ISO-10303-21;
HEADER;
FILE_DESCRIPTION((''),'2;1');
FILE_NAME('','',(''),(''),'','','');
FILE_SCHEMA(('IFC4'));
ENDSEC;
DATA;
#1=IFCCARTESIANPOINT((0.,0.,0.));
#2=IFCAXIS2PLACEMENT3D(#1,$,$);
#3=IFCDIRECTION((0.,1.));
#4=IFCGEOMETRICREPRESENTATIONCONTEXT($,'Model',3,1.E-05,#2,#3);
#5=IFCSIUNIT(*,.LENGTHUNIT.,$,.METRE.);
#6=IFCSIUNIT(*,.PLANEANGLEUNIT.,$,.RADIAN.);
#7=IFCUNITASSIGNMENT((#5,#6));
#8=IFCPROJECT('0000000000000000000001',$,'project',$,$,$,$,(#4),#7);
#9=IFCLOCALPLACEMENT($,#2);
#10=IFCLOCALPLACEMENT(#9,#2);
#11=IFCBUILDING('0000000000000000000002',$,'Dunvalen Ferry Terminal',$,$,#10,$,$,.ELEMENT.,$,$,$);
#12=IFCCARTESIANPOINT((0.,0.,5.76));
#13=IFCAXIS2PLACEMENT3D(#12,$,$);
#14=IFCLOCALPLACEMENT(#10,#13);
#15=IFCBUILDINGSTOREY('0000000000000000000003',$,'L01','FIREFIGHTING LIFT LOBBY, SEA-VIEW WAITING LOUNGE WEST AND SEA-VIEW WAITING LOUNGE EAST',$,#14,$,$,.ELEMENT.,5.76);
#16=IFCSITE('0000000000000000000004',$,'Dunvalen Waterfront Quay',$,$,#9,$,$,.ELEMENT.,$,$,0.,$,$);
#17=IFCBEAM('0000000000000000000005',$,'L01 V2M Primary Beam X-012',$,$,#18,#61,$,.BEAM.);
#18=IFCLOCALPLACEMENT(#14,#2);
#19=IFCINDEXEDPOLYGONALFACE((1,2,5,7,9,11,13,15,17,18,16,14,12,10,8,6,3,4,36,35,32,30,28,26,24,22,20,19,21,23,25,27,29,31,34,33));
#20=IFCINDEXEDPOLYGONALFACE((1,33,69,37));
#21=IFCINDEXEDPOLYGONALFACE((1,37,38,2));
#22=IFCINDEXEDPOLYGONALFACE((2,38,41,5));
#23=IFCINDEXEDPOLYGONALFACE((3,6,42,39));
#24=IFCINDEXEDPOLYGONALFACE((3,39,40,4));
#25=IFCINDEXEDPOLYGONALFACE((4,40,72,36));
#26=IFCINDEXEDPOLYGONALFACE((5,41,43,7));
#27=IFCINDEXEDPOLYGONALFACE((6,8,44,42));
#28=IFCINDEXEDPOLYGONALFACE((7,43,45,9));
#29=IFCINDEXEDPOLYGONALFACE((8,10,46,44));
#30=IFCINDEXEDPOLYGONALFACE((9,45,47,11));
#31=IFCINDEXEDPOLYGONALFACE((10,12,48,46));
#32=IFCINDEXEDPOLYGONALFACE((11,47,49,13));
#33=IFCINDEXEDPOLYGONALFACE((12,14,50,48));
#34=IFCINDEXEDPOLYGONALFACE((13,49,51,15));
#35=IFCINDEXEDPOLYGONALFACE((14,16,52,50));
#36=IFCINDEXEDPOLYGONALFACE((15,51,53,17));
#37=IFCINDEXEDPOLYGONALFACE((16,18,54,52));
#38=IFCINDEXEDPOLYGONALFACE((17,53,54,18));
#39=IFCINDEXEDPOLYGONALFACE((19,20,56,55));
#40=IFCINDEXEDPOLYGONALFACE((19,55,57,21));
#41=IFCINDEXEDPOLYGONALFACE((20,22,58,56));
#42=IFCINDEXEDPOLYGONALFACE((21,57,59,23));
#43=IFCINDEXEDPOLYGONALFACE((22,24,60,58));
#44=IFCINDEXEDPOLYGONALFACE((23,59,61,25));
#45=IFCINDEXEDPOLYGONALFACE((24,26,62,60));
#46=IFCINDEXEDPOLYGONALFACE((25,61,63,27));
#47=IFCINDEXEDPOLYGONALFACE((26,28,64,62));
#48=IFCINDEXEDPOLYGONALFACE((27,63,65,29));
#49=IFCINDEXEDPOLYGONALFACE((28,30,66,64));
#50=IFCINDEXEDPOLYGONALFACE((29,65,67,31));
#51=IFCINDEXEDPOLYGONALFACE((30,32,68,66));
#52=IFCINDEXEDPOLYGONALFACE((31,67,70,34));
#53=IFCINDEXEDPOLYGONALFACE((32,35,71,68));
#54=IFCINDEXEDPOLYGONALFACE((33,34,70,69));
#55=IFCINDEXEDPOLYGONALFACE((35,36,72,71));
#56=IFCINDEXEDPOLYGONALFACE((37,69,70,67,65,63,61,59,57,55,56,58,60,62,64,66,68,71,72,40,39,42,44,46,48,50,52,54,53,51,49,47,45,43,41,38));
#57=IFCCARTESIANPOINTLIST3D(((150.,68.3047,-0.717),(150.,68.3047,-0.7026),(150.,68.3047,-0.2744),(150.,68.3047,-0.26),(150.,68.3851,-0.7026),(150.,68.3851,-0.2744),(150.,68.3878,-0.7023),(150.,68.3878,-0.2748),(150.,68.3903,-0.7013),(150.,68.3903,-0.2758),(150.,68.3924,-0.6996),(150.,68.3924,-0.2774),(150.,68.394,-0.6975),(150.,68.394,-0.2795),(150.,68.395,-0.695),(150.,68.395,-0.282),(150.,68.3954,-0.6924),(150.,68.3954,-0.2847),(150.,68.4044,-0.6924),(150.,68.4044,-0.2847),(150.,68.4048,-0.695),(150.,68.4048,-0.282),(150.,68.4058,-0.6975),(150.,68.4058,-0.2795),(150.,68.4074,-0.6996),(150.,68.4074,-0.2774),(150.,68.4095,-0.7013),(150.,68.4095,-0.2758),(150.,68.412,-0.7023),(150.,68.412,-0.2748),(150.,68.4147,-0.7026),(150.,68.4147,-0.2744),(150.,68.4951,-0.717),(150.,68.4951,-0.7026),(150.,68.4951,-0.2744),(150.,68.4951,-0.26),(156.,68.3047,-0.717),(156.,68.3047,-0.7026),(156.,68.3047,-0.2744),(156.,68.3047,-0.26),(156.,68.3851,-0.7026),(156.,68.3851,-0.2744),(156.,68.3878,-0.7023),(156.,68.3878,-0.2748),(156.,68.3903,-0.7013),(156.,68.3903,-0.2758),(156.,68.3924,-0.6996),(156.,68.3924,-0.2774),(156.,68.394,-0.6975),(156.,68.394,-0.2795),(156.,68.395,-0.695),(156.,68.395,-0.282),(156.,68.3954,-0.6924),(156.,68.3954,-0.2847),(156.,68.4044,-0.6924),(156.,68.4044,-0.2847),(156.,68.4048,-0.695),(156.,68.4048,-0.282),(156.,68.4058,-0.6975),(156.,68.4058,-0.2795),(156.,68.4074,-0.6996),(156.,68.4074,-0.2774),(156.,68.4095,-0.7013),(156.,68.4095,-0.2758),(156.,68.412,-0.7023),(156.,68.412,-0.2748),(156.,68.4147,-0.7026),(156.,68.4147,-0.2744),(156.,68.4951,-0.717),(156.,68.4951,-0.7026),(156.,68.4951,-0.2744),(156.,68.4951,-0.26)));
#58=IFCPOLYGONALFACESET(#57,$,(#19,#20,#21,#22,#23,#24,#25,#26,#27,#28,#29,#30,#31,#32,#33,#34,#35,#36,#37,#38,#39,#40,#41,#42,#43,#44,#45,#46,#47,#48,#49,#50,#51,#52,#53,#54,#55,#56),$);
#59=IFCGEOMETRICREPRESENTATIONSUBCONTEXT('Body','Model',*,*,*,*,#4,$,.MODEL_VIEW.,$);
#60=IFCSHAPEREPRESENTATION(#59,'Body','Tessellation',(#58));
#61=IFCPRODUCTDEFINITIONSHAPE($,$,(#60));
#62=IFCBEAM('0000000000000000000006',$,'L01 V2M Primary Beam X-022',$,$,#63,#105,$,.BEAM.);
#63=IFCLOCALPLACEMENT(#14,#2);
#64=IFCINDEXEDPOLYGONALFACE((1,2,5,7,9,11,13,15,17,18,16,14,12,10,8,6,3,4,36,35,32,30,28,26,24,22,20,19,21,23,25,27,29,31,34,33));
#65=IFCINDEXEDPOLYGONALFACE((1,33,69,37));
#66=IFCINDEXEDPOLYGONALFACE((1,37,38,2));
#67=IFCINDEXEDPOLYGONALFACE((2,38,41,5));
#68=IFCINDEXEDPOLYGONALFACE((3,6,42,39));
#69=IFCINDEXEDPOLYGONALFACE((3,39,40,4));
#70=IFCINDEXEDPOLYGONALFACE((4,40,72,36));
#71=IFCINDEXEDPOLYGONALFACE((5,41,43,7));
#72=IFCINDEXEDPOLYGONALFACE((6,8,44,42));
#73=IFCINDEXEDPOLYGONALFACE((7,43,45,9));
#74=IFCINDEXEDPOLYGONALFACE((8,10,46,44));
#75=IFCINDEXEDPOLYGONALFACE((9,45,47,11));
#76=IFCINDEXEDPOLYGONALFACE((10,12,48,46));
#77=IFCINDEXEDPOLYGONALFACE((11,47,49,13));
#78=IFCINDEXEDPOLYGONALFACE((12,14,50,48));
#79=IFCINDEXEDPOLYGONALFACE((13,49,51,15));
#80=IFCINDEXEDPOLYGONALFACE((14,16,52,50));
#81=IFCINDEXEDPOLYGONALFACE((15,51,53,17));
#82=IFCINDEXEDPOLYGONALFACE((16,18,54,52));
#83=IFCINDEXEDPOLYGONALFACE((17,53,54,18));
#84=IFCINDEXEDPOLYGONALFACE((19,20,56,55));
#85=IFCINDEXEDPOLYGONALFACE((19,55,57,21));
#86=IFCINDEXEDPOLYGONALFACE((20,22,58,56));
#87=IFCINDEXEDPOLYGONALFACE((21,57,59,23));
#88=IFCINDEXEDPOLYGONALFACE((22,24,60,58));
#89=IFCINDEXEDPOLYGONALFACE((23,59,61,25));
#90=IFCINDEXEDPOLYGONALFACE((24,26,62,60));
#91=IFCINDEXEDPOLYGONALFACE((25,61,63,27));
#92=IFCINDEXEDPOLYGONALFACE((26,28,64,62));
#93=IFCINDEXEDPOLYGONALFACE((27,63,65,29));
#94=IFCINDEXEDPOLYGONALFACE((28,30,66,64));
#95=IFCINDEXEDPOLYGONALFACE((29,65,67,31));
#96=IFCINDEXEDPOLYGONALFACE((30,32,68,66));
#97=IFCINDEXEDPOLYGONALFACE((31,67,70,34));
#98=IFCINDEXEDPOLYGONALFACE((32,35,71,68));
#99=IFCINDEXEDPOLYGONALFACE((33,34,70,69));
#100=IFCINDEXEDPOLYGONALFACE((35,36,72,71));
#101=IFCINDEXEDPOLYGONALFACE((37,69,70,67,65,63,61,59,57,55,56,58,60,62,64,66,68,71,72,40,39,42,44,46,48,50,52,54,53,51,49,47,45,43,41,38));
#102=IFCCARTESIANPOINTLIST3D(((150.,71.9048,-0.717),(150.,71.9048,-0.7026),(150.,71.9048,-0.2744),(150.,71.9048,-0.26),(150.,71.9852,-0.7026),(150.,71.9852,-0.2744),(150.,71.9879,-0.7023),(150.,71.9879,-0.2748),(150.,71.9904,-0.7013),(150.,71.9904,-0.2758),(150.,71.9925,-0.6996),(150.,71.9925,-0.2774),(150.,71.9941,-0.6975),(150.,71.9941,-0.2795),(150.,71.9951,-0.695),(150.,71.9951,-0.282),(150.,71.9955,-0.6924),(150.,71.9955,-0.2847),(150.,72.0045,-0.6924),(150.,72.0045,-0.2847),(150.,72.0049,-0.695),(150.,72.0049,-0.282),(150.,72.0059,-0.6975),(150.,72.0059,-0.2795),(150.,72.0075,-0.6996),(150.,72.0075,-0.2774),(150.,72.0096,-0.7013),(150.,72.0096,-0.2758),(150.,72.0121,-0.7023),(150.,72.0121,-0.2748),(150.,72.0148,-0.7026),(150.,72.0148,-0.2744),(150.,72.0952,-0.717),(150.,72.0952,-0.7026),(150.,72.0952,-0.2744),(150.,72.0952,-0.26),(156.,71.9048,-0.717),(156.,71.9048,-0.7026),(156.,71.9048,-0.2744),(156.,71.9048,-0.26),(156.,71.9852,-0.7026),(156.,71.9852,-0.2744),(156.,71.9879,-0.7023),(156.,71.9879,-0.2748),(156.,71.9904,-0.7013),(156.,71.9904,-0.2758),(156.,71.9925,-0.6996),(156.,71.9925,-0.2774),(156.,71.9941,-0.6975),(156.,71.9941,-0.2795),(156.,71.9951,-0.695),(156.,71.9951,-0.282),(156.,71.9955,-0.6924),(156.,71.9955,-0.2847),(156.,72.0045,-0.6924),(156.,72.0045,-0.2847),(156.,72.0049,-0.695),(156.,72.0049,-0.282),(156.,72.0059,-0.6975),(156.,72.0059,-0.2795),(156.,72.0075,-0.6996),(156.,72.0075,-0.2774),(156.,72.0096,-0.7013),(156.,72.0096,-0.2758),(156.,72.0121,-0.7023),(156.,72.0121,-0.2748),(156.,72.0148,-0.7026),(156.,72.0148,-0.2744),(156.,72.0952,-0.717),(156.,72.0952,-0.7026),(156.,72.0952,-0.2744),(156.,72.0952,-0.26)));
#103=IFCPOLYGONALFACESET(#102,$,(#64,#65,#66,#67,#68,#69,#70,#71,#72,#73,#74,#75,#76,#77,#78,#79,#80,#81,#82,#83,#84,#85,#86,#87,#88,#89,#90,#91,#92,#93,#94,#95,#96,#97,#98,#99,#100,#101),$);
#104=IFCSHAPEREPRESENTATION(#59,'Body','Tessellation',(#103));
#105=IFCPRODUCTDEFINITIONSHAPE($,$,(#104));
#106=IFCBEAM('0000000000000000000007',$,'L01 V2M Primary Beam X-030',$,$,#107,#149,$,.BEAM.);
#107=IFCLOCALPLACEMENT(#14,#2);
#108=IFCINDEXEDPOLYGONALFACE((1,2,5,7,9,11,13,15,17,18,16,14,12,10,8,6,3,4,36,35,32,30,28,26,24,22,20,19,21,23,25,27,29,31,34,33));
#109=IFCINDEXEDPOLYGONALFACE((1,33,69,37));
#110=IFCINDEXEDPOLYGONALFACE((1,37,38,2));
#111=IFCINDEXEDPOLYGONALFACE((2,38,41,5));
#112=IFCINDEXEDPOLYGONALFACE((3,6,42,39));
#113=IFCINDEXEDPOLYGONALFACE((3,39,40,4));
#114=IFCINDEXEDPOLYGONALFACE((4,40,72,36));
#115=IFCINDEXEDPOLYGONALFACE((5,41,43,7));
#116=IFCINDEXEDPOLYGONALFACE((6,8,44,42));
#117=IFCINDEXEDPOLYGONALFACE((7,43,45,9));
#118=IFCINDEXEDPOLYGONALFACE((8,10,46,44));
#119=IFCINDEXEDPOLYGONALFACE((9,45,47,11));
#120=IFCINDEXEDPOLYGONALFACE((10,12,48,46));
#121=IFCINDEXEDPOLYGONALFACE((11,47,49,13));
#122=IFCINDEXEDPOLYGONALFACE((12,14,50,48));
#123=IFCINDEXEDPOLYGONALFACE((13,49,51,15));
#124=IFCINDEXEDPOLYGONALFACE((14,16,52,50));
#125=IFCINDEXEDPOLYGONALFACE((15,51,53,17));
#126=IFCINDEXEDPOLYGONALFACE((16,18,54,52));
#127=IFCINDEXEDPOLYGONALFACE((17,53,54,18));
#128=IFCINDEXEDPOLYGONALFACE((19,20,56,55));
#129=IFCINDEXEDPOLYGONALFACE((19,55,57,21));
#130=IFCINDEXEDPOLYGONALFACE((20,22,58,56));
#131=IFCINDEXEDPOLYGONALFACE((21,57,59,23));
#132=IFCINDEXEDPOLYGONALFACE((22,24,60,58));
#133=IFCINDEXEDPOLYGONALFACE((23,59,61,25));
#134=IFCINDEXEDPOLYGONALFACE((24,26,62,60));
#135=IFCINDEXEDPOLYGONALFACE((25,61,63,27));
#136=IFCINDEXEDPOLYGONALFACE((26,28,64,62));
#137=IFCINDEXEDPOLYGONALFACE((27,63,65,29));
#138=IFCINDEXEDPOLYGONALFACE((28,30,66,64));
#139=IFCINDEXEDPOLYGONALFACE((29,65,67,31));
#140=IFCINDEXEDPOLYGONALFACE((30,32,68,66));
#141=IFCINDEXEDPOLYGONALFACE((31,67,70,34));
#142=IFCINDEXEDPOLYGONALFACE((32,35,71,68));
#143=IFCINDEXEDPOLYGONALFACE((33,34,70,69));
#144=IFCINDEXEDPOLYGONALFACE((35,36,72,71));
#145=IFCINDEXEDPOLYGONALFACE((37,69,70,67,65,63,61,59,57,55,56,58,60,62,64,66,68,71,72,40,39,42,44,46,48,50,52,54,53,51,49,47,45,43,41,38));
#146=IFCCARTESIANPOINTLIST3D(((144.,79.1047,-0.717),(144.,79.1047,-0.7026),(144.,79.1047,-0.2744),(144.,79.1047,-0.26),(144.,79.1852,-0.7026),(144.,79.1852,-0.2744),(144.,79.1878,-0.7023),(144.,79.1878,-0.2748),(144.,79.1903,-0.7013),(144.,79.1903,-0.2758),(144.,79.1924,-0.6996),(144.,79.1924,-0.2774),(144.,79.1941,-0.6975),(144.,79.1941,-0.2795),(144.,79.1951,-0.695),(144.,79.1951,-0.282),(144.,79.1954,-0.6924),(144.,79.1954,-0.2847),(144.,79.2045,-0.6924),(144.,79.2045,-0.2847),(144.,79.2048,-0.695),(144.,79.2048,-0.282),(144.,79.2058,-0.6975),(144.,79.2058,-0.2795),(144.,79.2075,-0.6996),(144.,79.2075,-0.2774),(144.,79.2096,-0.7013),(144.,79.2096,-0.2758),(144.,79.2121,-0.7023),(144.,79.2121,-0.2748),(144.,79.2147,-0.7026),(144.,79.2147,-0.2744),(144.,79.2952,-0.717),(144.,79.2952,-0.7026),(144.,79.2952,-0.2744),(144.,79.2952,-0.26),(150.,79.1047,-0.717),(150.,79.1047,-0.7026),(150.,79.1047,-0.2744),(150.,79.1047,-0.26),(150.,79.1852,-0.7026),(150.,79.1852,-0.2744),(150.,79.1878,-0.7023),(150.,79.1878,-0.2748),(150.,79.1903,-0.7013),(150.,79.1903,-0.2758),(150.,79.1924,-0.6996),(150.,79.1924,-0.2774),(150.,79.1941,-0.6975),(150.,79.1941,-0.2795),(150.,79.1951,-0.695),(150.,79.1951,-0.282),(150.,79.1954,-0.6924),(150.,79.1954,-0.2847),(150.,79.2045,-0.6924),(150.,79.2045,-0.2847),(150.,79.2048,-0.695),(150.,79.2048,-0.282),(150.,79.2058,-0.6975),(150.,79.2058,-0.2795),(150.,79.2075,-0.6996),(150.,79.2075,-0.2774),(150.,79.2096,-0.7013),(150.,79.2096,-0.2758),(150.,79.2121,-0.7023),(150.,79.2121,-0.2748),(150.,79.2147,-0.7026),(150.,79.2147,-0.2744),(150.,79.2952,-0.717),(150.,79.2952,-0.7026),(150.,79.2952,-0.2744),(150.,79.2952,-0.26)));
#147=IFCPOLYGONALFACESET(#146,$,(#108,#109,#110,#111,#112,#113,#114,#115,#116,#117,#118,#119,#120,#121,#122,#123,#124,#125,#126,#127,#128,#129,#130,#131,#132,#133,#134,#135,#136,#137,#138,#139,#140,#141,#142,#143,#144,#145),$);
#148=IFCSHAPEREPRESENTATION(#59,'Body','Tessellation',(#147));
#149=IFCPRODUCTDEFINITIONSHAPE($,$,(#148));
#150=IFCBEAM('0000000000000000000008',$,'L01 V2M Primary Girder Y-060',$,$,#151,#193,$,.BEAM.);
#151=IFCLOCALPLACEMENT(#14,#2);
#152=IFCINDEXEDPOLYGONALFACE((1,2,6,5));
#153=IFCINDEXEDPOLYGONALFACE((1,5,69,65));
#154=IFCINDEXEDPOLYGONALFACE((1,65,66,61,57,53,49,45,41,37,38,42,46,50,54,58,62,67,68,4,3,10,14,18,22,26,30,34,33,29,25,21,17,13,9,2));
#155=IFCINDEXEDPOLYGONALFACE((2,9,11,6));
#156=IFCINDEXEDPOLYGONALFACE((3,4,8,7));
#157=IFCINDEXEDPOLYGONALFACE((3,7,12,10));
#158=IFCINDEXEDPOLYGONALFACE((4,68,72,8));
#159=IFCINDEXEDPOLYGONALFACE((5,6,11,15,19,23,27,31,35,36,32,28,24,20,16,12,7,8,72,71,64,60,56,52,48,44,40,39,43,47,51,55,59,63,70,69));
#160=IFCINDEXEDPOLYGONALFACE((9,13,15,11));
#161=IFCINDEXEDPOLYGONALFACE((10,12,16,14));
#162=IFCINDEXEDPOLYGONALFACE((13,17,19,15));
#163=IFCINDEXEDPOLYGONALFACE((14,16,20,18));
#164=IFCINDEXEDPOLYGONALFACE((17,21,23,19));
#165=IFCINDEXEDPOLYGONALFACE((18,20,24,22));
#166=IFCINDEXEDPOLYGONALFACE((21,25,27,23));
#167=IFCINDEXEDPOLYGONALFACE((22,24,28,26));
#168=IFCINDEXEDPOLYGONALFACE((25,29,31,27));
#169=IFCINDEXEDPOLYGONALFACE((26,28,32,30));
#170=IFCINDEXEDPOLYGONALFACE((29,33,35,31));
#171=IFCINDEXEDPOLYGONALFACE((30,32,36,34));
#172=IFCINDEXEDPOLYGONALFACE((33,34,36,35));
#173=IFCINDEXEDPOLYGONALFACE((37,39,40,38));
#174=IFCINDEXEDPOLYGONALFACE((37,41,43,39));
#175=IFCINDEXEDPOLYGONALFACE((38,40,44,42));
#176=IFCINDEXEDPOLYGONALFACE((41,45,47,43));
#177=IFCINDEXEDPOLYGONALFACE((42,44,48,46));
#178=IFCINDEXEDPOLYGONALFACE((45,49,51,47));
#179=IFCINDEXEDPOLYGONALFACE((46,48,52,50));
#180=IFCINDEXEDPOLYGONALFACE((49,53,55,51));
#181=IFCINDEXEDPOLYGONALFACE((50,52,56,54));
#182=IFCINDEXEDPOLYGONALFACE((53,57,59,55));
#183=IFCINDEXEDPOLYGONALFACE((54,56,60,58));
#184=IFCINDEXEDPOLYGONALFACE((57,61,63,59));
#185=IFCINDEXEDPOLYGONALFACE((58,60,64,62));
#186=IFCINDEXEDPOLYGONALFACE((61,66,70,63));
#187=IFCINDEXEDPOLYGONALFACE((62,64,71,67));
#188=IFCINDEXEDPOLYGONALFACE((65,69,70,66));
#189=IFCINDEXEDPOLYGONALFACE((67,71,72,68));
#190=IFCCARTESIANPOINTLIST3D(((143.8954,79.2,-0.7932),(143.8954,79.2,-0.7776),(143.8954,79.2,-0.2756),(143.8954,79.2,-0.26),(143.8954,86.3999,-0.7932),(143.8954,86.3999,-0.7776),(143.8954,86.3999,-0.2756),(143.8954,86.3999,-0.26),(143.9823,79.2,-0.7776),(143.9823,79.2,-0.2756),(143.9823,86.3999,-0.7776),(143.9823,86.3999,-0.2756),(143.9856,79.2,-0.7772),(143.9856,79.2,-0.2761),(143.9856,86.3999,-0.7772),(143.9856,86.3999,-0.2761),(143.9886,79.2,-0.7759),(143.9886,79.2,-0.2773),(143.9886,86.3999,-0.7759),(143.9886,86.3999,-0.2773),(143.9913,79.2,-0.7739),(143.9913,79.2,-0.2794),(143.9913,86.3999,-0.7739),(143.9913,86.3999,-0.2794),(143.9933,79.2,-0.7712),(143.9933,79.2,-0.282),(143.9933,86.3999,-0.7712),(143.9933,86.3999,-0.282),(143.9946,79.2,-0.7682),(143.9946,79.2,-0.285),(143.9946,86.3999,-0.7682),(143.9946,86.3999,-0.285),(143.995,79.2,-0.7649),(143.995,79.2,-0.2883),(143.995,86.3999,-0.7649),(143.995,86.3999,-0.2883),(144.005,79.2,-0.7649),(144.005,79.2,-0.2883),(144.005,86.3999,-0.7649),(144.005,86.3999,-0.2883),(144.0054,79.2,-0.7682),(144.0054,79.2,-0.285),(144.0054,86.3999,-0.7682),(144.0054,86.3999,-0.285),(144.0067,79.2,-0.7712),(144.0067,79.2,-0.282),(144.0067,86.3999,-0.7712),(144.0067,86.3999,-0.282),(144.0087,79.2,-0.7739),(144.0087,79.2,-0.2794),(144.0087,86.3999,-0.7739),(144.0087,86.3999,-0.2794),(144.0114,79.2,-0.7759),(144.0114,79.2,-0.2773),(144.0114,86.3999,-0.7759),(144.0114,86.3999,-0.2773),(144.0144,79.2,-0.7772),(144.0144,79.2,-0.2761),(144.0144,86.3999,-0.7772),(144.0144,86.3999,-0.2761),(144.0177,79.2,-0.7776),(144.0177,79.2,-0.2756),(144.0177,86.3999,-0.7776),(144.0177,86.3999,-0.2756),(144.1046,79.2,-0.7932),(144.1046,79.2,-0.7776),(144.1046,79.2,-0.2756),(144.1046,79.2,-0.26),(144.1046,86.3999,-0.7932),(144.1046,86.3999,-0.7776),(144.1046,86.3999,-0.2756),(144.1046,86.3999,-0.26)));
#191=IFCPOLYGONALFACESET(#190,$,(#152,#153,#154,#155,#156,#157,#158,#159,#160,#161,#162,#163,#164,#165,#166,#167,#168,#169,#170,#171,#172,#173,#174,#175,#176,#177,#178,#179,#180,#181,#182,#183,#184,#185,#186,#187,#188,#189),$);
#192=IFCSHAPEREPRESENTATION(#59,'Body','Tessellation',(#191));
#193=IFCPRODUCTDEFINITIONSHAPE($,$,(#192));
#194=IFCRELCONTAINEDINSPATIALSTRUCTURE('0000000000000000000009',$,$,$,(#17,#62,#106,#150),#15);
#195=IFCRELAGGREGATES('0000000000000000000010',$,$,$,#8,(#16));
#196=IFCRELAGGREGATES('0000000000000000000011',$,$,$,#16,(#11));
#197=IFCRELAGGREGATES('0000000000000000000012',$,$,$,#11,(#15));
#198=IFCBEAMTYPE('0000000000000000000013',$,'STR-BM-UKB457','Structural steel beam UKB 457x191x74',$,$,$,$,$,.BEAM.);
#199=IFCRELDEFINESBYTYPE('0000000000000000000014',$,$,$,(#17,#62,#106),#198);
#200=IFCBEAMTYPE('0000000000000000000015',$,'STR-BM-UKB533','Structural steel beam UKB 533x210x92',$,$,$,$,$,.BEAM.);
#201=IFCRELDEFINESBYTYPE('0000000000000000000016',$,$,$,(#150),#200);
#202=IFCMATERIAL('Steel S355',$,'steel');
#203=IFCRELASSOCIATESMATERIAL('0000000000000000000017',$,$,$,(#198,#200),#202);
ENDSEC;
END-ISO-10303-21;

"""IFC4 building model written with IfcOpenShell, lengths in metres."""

from ifc_helpers import new_model, si_unit, direction, frame, origin, origin_2d, place, context, subcontext, project, spatial, i_section, extrude, material, material_profile, profile_set, type_object, element, save


model = new_model("IFC4")

# Units and contexts
model_context = context("Model", 3, precision=1e-05, world=origin(), true_north=direction((0.0, 1.0)))
body_context = subcontext(model_context, "Body", "Model", "MODEL_VIEW")
ifc_project = project(units=[si_unit("LENGTHUNIT", "METRE"), si_unit("PLANEANGLEUNIT", "RADIAN")], contexts=[model_context])

# Site, building, storey
site_placement = place(None, origin())
site = spatial("IfcSite", under=ifc_project, at=site_placement, Name="Dunvalen Waterfront Quay", CompositionType="ELEMENT", RefElevation=0.0)
building_placement = place(site_placement, origin())
building = spatial("IfcBuilding", under=site, at=building_placement, Name="Dunvalen Ferry Terminal", CompositionType="ELEMENT")
storey_placement = place(building_placement, frame((0.0, 0.0, 5.76)))
storey = spatial("IfcBuildingStorey", under=building, at=storey_placement, Name="L01", Description="FIREFIGHTING LIFT LOBBY, SEA-VIEW WAITING LOUNGE WEST AND SEA-VIEW WAITING LOUNGE EAST", CompositionType="ELEMENT", Elevation=5.76)

# Beams
ifc_material_1 = material(Name="Steel S355", Category="steel")
ifc_material_profile_1 = material_profile(ifc_material_1, i_section(OverallWidth=0.1904, OverallDepth=0.457, WebThickness=0.009, FlangeThickness=0.0144, FilletRadius=0.0103, at=origin_2d()), Name="Steel S355")
ifc_profile_set_1 = profile_set([ifc_material_profile_1], Name="Steel S355")
beam_type_1 = type_object("IfcBeamType", Name="STR-BM-UKB457", Description="Structural steel beam UKB 457x191x74", PredefinedType="BEAM", material=ifc_profile_set_1)
for number, where, z_axis, x_axis, name in (
    (1, (150.0, 68.3999, -0.4885), (1.0, 0.0, 0.0), (0.0, 1.0, 0.0), "L01 V2M Primary Beam X-012"),
    (2, (150.0, 72.0, -0.4885), (1.0, 0.0, 0.0), (0.0, 1.0, 0.0), "L01 V2M Primary Beam X-022"),
    (3, (144.0, 79.2, -0.4885), (1.0, 0.0, 0.0), (0.0, 1.0, 0.0), "L01 V2M Primary Beam X-030"),
):
    element("IfcBeam", number, at=place(storey_placement, frame(where, z_axis=z_axis, x_axis=x_axis)), inside=storey, type_object=beam_type_1, Name=name, PredefinedType="BEAM", context=body_context, shape_type="SweptSolid", body=[
        extrude(i_section(OverallWidth=0.1904, OverallDepth=0.457, WebThickness=0.009, FlangeThickness=0.0144, FilletRadius=0.0103, at=origin_2d()), origin(), (0.0, 0.0, 1.0), 6.0),
    ])
ifc_material_profile_2 = material_profile(ifc_material_1, i_section(OverallWidth=0.2092, OverallDepth=0.5332, WebThickness=0.01, FlangeThickness=0.0156, FilletRadius=0.0127, at=origin_2d()), Name="Steel S355")
ifc_profile_set_2 = profile_set([ifc_material_profile_2], Name="Steel S355")
beam_type_2 = type_object("IfcBeamType", Name="STR-BM-UKB533", Description="Structural steel beam UKB 533x210x92", PredefinedType="BEAM", material=ifc_profile_set_2)
for number, where, z_axis, x_axis, name in (
    (4, (144.0, 79.2, -0.5266), (0.0, 1.0, 0.0), (-1.0, 0.0, 0.0), "L01 V2M Primary Girder Y-060"),
):
    element("IfcBeam", number, at=place(storey_placement, frame(where, z_axis=z_axis, x_axis=x_axis)), inside=storey, type_object=beam_type_2, Name=name, PredefinedType="BEAM", context=body_context, shape_type="SweptSolid", body=[
        extrude(i_section(OverallWidth=0.2092, OverallDepth=0.5332, WebThickness=0.01, FlangeThickness=0.0156, FilletRadius=0.0127, at=origin_2d()), origin(), (0.0, 0.0, 1.0), 7.2),
    ])

save(model, "model.ifc")
